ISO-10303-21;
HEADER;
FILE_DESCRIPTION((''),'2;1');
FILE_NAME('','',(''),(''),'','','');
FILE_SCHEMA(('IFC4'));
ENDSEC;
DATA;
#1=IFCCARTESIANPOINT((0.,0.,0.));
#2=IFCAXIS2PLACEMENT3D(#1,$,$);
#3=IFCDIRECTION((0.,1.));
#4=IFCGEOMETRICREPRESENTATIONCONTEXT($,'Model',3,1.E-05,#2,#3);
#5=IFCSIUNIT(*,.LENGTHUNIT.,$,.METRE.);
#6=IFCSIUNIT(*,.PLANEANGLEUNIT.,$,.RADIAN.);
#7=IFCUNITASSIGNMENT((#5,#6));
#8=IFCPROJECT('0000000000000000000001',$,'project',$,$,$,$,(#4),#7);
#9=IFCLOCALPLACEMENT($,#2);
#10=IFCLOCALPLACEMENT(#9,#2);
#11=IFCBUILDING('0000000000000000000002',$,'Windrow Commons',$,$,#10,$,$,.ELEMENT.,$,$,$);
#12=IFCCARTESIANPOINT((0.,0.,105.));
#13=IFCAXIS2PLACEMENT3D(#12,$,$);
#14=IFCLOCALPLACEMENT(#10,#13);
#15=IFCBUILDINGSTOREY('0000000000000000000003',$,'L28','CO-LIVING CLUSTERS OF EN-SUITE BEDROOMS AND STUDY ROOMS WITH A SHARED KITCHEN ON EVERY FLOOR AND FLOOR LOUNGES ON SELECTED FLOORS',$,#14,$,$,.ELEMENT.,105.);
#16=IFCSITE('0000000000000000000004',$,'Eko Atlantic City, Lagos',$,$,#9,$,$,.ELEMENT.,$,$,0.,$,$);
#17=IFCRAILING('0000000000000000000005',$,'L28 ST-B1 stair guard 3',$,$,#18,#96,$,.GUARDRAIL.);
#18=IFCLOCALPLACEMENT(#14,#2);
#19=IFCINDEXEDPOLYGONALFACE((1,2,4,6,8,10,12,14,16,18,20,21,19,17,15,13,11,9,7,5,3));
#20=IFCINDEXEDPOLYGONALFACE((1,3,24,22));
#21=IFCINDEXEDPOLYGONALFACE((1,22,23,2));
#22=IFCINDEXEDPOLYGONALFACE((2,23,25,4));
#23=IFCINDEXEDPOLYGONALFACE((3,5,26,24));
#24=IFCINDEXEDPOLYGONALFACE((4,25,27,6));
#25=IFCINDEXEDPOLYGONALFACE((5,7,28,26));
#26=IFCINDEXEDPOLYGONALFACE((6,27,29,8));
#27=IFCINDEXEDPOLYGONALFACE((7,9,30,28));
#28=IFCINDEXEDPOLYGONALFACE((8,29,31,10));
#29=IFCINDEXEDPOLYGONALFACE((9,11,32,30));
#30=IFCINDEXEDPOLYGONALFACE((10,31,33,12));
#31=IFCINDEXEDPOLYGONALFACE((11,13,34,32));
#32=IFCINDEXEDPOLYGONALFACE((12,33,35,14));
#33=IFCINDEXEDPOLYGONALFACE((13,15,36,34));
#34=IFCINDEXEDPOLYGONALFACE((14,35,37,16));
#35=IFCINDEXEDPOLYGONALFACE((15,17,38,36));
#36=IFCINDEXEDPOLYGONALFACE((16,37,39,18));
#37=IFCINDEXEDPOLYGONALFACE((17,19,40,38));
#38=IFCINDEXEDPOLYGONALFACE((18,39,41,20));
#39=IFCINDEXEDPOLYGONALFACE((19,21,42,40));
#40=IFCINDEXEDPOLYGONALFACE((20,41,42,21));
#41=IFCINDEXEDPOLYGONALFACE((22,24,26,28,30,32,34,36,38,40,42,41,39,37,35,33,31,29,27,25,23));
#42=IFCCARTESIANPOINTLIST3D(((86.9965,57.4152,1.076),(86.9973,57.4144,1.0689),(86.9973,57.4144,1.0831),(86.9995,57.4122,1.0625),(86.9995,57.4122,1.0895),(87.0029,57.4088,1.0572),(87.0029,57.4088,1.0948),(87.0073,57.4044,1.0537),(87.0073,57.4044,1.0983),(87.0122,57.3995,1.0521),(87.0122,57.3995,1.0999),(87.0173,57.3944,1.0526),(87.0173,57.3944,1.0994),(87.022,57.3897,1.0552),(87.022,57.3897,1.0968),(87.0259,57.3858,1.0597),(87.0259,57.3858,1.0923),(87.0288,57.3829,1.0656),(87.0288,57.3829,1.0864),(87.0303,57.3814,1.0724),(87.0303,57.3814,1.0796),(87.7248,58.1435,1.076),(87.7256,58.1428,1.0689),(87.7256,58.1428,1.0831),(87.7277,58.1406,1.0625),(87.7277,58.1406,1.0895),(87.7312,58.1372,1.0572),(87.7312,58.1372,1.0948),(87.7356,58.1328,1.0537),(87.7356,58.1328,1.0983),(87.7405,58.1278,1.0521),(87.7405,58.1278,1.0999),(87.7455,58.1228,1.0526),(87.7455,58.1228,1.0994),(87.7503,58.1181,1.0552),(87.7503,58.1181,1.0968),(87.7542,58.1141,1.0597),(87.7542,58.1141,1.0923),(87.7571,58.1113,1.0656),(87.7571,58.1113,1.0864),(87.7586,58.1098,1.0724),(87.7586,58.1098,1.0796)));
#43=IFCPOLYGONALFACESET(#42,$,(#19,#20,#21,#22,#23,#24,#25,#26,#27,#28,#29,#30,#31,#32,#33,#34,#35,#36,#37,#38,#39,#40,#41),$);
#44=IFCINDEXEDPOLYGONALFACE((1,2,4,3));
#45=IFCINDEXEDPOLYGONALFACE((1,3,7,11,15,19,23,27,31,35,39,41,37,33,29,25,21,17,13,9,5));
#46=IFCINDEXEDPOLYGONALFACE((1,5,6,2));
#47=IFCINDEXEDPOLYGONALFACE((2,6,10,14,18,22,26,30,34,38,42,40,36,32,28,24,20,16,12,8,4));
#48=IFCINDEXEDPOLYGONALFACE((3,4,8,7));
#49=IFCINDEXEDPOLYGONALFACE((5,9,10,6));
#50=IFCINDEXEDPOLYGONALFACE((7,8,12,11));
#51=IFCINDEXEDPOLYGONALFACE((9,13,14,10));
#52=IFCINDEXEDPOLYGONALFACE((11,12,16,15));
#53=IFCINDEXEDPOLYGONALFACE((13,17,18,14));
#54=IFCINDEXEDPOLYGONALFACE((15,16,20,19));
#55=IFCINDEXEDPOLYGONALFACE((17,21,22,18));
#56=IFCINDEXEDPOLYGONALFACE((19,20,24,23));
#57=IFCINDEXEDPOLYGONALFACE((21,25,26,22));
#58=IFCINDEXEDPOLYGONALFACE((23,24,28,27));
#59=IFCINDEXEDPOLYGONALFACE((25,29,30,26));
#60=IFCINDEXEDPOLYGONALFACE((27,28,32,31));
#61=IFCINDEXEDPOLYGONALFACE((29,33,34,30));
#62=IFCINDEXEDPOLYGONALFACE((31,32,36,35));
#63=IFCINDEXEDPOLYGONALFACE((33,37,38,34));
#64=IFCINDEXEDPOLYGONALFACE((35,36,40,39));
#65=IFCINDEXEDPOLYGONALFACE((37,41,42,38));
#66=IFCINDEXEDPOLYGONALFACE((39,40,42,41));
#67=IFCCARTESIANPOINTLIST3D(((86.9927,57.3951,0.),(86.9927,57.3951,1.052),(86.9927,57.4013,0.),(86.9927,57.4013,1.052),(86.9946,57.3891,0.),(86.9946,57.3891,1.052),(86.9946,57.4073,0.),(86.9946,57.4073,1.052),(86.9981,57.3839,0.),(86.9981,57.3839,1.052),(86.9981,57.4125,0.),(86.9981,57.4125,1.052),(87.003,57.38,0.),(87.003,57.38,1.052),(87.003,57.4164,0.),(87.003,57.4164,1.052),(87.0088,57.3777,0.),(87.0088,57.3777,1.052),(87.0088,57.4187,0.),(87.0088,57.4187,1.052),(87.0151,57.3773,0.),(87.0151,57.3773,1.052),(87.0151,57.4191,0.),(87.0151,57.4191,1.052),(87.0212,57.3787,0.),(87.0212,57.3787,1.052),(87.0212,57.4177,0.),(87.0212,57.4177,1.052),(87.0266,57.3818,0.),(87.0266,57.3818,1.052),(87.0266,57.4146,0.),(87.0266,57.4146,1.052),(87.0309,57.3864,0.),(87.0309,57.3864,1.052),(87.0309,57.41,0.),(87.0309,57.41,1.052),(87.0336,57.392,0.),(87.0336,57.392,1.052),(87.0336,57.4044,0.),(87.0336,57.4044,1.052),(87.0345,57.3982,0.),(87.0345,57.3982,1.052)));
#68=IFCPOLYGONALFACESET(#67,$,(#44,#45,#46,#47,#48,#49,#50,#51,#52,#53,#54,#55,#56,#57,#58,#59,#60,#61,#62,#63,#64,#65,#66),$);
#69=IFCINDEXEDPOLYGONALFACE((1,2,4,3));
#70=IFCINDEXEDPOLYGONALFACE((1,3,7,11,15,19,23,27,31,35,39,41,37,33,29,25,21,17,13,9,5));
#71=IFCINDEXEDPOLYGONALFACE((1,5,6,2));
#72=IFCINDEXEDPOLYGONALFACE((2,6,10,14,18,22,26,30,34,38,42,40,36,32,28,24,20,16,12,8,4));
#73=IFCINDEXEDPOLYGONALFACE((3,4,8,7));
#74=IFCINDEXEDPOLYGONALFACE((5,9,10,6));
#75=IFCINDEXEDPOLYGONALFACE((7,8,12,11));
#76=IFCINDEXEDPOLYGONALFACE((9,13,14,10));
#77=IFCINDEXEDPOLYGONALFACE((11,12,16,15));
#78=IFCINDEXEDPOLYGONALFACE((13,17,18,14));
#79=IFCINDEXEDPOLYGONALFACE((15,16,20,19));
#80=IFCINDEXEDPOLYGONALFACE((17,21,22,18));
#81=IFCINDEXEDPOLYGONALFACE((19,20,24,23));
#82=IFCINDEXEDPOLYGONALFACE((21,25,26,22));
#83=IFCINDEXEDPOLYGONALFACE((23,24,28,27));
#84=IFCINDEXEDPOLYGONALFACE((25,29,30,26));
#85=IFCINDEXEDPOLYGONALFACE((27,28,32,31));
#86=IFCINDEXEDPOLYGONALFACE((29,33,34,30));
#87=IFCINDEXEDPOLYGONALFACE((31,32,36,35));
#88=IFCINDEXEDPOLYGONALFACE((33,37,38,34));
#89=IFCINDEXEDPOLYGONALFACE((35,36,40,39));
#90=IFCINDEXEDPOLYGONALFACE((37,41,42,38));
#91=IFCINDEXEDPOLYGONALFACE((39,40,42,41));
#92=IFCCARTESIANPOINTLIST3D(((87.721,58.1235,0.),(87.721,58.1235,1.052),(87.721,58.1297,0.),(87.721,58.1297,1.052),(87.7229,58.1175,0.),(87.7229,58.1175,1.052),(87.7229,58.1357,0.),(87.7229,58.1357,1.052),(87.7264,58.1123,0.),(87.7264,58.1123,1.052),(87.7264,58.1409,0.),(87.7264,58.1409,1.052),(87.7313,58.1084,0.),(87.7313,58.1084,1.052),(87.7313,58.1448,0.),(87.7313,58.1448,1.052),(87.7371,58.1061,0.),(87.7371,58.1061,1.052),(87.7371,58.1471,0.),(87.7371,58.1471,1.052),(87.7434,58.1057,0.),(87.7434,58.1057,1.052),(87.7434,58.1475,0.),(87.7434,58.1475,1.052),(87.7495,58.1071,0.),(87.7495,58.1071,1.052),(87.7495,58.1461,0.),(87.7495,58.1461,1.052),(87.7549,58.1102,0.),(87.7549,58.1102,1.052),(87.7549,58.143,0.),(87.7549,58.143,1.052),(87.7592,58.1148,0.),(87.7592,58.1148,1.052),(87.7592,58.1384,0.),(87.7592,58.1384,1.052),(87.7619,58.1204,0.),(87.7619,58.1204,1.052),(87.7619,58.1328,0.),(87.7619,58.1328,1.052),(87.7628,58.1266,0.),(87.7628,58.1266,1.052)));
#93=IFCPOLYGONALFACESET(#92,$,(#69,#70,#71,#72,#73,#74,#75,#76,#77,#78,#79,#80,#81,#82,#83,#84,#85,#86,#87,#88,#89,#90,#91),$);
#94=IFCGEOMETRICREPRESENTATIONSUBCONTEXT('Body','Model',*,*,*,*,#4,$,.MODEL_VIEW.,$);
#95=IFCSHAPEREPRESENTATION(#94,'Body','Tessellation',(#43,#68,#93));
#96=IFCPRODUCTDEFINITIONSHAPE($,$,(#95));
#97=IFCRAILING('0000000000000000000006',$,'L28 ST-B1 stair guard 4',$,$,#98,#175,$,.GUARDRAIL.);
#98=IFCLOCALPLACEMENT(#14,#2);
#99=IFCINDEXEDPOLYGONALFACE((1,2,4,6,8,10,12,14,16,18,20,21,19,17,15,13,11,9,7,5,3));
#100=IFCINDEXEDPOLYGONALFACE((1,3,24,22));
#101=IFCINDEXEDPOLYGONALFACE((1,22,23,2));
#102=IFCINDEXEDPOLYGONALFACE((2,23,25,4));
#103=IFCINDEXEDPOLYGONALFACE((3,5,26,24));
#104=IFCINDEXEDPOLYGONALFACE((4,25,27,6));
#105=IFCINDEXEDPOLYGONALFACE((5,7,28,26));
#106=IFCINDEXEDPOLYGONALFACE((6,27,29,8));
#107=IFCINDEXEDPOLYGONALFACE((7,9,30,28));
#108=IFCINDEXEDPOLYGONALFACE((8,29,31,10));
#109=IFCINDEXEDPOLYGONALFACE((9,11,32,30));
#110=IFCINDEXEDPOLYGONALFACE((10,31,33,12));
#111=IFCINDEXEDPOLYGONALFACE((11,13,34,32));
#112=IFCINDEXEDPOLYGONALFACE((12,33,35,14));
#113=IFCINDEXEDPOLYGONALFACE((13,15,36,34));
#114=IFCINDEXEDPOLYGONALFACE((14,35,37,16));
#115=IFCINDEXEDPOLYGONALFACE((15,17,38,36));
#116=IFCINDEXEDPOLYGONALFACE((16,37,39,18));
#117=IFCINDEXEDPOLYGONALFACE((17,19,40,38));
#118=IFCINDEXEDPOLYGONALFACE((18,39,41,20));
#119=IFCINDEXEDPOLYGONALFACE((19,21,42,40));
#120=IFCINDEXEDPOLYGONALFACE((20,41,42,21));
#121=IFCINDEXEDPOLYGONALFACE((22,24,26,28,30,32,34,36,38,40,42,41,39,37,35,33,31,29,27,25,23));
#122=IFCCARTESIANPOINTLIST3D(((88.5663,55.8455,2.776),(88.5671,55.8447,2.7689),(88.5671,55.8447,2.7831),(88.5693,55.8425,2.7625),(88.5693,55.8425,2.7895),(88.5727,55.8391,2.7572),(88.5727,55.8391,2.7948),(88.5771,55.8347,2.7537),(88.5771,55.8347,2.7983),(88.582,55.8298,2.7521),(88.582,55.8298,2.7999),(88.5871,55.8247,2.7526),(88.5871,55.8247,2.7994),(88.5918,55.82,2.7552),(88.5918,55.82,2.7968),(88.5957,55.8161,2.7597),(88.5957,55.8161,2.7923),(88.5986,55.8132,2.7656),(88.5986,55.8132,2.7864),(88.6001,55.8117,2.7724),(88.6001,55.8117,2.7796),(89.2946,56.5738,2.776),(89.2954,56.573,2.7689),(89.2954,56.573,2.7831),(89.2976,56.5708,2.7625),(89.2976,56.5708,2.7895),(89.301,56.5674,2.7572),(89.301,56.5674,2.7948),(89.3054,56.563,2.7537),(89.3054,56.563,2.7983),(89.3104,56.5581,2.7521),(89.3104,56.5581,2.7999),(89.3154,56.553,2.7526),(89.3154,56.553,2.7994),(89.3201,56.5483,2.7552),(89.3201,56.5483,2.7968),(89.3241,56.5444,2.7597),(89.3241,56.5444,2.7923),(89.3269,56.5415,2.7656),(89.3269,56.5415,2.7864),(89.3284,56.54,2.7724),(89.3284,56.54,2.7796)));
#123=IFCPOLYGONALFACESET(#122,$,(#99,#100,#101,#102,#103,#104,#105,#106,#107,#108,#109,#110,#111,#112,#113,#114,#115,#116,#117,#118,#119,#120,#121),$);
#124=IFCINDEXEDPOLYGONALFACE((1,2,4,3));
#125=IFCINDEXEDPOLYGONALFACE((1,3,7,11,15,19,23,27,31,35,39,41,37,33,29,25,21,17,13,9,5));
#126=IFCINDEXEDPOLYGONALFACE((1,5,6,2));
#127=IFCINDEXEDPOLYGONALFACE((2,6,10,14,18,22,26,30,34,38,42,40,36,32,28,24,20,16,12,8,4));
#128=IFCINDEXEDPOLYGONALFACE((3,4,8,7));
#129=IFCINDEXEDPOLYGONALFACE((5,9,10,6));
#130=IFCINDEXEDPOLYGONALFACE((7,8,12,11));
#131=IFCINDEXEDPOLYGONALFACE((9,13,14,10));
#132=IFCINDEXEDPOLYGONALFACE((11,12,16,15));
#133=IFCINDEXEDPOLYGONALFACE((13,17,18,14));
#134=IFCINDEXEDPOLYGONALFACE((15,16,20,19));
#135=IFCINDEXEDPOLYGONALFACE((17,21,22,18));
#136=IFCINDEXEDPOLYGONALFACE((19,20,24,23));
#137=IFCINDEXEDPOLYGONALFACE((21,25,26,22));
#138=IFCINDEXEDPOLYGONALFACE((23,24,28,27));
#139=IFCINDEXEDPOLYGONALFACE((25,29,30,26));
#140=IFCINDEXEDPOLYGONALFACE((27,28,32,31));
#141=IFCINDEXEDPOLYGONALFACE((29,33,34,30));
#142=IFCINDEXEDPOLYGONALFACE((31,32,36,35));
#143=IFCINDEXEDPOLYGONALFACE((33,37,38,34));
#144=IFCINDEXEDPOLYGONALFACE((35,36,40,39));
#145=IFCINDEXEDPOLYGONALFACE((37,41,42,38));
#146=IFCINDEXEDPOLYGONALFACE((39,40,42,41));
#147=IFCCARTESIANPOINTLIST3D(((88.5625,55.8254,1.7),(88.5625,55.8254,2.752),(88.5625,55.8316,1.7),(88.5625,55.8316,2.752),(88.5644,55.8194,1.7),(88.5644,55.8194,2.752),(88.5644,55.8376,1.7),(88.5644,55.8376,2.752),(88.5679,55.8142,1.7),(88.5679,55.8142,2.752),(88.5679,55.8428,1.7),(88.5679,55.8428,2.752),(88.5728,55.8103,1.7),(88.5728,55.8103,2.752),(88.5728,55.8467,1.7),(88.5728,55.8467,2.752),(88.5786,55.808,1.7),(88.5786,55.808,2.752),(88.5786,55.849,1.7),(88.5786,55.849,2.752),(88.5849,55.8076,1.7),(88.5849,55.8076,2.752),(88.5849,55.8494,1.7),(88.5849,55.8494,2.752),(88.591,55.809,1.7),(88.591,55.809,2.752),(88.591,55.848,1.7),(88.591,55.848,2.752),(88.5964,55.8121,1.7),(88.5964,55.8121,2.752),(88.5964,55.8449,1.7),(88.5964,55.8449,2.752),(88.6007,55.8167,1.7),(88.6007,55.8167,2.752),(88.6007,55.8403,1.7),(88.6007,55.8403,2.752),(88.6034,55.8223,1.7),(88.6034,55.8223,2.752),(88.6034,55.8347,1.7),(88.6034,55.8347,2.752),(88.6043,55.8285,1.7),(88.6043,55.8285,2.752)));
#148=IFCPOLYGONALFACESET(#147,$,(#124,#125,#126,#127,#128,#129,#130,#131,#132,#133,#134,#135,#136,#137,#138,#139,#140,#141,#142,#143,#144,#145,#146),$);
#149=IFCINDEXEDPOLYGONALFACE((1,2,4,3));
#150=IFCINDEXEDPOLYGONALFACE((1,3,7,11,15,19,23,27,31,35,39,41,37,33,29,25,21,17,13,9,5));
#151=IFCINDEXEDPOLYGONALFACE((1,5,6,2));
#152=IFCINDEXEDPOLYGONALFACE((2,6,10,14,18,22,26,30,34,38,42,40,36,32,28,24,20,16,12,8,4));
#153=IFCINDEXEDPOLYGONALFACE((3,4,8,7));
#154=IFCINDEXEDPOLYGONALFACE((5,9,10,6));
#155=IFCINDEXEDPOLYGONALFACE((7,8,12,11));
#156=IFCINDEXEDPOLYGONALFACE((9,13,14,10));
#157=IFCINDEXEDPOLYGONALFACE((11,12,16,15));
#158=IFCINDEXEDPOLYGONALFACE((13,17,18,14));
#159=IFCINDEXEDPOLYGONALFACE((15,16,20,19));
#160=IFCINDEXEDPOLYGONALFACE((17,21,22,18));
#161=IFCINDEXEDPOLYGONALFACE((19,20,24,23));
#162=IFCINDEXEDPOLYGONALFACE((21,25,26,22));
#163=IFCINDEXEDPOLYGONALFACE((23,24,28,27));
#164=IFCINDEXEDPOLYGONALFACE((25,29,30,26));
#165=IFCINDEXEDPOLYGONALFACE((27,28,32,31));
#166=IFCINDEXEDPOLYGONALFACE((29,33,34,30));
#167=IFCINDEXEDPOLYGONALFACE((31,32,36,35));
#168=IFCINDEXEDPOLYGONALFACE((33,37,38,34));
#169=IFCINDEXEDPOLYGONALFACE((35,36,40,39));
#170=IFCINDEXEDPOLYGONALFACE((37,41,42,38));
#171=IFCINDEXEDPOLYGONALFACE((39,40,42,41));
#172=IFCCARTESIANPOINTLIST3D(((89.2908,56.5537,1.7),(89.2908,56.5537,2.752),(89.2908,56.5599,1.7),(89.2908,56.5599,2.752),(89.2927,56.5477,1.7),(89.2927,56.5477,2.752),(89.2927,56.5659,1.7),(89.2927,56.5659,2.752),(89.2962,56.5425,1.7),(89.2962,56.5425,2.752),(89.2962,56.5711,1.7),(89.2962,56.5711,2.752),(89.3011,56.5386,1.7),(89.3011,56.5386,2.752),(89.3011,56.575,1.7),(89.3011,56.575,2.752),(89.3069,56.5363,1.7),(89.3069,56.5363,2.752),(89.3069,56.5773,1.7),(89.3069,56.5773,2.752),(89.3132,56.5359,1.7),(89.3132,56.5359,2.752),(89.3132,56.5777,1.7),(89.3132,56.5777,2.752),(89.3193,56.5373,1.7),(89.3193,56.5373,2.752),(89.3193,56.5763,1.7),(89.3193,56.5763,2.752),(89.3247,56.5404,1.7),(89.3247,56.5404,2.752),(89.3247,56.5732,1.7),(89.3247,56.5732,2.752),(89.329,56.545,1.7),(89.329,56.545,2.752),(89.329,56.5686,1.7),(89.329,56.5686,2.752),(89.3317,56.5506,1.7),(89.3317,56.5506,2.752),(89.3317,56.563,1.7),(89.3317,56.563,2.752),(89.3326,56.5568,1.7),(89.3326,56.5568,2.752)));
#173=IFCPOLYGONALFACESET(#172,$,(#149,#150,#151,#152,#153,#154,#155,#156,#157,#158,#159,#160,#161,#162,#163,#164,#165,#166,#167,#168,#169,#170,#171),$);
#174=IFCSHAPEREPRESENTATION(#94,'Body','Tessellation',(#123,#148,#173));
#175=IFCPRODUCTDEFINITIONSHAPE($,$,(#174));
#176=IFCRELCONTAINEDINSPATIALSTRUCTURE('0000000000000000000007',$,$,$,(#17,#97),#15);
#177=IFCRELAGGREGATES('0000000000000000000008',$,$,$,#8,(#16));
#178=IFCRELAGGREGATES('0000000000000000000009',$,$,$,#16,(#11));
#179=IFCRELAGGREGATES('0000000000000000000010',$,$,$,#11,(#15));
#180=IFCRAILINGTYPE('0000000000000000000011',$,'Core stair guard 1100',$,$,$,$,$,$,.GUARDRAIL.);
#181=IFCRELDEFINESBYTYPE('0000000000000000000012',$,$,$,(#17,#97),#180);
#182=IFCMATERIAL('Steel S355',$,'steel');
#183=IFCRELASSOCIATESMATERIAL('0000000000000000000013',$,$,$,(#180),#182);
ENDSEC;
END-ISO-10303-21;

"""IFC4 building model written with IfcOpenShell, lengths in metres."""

from ifc_helpers import new_model, si_unit, direction, frame, origin, origin_2d, place, context, subcontext, project, spatial, circle, extrude, material, type_object, element, save


model = new_model("IFC4")

# Units and contexts
model_context = context("Model", 3, precision=1e-05, world=origin(), true_north=direction((0.0, 1.0)))
body_context = subcontext(model_context, "Body", "Model", "MODEL_VIEW")
ifc_project = project(units=[si_unit("LENGTHUNIT", "METRE"), si_unit("PLANEANGLEUNIT", "RADIAN")], contexts=[model_context])

# Site, building, storey
site_placement = place(None, origin())
site = spatial("IfcSite", under=ifc_project, at=site_placement, Name="Eko Atlantic City, Lagos", CompositionType="ELEMENT", RefElevation=0.0)
building_placement = place(site_placement, origin())
building = spatial("IfcBuilding", under=site, at=building_placement, Name="Windrow Commons", CompositionType="ELEMENT")
storey_placement = place(building_placement, frame((0.0, 0.0, 105.0)))
storey = spatial("IfcBuildingStorey", under=building, at=storey_placement, Name="L28", Description="CO-LIVING CLUSTERS OF EN-SUITE BEDROOMS AND STUDY ROOMS WITH A SHARED KITCHEN ON EVERY FLOOR AND FLOOR LOUNGES ON SELECTED FLOORS", CompositionType="ELEMENT", Elevation=105.0)

# Railings
ifc_material_1 = material(Name="Steel S355", Category="steel")
railing_type_1 = type_object("IfcRailingType", Name="Core stair guard 1100", PredefinedType="GUARDRAIL", material=ifc_material_1)
railing_1_placement = place(storey_placement, frame((87.0135, 57.3982, 0.0)))
element("IfcRailing", 1, at=railing_1_placement, inside=storey, type_object=railing_type_1, Name="L28 ST-B1 stair guard 3", PredefinedType="GUARDRAIL", context=body_context, shape_type="SweptSolid", body=[
    extrude(circle(Radius=0.024, at=origin_2d()), frame((0.0, 0.0, 1.076), z_axis=(0.707058, 0.707155, 0.0), x_axis=(-0.707155, 0.707058, 0.0)), (0.0, 0.0, 1.0), 1.03),
    extrude(circle(Radius=0.021, at=origin_2d()), origin(), (0.0, 0.0, 1.0), 1.052),
    extrude(circle(Radius=0.021, at=origin_2d()), frame((0.7283, 0.7284, 0.0)), (0.0, 0.0, 1.0), 1.052),
])
railing_2_placement = place(storey_placement, frame((88.5833, 55.8285, 1.7)))
element("IfcRailing", 2, at=railing_2_placement, inside=storey, type_object=railing_type_1, Name="L28 ST-B1 stair guard 4", PredefinedType="GUARDRAIL", context=body_context, shape_type="SweptSolid", body=[
    extrude(circle(Radius=0.024, at=origin_2d()), frame((0.0, 0.0, 1.076), z_axis=(0.707107, 0.707107, 0.0), x_axis=(-0.707107, 0.707107, 0.0)), (0.0, 0.0, 1.0), 1.03),
    extrude(circle(Radius=0.021, at=origin_2d()), origin(), (0.0, 0.0, 1.0), 1.052),
    extrude(circle(Radius=0.021, at=origin_2d()), frame((0.7283, 0.7283, 0.0)), (0.0, 0.0, 1.0), 1.052),
])

save(model, "model.ifc")
